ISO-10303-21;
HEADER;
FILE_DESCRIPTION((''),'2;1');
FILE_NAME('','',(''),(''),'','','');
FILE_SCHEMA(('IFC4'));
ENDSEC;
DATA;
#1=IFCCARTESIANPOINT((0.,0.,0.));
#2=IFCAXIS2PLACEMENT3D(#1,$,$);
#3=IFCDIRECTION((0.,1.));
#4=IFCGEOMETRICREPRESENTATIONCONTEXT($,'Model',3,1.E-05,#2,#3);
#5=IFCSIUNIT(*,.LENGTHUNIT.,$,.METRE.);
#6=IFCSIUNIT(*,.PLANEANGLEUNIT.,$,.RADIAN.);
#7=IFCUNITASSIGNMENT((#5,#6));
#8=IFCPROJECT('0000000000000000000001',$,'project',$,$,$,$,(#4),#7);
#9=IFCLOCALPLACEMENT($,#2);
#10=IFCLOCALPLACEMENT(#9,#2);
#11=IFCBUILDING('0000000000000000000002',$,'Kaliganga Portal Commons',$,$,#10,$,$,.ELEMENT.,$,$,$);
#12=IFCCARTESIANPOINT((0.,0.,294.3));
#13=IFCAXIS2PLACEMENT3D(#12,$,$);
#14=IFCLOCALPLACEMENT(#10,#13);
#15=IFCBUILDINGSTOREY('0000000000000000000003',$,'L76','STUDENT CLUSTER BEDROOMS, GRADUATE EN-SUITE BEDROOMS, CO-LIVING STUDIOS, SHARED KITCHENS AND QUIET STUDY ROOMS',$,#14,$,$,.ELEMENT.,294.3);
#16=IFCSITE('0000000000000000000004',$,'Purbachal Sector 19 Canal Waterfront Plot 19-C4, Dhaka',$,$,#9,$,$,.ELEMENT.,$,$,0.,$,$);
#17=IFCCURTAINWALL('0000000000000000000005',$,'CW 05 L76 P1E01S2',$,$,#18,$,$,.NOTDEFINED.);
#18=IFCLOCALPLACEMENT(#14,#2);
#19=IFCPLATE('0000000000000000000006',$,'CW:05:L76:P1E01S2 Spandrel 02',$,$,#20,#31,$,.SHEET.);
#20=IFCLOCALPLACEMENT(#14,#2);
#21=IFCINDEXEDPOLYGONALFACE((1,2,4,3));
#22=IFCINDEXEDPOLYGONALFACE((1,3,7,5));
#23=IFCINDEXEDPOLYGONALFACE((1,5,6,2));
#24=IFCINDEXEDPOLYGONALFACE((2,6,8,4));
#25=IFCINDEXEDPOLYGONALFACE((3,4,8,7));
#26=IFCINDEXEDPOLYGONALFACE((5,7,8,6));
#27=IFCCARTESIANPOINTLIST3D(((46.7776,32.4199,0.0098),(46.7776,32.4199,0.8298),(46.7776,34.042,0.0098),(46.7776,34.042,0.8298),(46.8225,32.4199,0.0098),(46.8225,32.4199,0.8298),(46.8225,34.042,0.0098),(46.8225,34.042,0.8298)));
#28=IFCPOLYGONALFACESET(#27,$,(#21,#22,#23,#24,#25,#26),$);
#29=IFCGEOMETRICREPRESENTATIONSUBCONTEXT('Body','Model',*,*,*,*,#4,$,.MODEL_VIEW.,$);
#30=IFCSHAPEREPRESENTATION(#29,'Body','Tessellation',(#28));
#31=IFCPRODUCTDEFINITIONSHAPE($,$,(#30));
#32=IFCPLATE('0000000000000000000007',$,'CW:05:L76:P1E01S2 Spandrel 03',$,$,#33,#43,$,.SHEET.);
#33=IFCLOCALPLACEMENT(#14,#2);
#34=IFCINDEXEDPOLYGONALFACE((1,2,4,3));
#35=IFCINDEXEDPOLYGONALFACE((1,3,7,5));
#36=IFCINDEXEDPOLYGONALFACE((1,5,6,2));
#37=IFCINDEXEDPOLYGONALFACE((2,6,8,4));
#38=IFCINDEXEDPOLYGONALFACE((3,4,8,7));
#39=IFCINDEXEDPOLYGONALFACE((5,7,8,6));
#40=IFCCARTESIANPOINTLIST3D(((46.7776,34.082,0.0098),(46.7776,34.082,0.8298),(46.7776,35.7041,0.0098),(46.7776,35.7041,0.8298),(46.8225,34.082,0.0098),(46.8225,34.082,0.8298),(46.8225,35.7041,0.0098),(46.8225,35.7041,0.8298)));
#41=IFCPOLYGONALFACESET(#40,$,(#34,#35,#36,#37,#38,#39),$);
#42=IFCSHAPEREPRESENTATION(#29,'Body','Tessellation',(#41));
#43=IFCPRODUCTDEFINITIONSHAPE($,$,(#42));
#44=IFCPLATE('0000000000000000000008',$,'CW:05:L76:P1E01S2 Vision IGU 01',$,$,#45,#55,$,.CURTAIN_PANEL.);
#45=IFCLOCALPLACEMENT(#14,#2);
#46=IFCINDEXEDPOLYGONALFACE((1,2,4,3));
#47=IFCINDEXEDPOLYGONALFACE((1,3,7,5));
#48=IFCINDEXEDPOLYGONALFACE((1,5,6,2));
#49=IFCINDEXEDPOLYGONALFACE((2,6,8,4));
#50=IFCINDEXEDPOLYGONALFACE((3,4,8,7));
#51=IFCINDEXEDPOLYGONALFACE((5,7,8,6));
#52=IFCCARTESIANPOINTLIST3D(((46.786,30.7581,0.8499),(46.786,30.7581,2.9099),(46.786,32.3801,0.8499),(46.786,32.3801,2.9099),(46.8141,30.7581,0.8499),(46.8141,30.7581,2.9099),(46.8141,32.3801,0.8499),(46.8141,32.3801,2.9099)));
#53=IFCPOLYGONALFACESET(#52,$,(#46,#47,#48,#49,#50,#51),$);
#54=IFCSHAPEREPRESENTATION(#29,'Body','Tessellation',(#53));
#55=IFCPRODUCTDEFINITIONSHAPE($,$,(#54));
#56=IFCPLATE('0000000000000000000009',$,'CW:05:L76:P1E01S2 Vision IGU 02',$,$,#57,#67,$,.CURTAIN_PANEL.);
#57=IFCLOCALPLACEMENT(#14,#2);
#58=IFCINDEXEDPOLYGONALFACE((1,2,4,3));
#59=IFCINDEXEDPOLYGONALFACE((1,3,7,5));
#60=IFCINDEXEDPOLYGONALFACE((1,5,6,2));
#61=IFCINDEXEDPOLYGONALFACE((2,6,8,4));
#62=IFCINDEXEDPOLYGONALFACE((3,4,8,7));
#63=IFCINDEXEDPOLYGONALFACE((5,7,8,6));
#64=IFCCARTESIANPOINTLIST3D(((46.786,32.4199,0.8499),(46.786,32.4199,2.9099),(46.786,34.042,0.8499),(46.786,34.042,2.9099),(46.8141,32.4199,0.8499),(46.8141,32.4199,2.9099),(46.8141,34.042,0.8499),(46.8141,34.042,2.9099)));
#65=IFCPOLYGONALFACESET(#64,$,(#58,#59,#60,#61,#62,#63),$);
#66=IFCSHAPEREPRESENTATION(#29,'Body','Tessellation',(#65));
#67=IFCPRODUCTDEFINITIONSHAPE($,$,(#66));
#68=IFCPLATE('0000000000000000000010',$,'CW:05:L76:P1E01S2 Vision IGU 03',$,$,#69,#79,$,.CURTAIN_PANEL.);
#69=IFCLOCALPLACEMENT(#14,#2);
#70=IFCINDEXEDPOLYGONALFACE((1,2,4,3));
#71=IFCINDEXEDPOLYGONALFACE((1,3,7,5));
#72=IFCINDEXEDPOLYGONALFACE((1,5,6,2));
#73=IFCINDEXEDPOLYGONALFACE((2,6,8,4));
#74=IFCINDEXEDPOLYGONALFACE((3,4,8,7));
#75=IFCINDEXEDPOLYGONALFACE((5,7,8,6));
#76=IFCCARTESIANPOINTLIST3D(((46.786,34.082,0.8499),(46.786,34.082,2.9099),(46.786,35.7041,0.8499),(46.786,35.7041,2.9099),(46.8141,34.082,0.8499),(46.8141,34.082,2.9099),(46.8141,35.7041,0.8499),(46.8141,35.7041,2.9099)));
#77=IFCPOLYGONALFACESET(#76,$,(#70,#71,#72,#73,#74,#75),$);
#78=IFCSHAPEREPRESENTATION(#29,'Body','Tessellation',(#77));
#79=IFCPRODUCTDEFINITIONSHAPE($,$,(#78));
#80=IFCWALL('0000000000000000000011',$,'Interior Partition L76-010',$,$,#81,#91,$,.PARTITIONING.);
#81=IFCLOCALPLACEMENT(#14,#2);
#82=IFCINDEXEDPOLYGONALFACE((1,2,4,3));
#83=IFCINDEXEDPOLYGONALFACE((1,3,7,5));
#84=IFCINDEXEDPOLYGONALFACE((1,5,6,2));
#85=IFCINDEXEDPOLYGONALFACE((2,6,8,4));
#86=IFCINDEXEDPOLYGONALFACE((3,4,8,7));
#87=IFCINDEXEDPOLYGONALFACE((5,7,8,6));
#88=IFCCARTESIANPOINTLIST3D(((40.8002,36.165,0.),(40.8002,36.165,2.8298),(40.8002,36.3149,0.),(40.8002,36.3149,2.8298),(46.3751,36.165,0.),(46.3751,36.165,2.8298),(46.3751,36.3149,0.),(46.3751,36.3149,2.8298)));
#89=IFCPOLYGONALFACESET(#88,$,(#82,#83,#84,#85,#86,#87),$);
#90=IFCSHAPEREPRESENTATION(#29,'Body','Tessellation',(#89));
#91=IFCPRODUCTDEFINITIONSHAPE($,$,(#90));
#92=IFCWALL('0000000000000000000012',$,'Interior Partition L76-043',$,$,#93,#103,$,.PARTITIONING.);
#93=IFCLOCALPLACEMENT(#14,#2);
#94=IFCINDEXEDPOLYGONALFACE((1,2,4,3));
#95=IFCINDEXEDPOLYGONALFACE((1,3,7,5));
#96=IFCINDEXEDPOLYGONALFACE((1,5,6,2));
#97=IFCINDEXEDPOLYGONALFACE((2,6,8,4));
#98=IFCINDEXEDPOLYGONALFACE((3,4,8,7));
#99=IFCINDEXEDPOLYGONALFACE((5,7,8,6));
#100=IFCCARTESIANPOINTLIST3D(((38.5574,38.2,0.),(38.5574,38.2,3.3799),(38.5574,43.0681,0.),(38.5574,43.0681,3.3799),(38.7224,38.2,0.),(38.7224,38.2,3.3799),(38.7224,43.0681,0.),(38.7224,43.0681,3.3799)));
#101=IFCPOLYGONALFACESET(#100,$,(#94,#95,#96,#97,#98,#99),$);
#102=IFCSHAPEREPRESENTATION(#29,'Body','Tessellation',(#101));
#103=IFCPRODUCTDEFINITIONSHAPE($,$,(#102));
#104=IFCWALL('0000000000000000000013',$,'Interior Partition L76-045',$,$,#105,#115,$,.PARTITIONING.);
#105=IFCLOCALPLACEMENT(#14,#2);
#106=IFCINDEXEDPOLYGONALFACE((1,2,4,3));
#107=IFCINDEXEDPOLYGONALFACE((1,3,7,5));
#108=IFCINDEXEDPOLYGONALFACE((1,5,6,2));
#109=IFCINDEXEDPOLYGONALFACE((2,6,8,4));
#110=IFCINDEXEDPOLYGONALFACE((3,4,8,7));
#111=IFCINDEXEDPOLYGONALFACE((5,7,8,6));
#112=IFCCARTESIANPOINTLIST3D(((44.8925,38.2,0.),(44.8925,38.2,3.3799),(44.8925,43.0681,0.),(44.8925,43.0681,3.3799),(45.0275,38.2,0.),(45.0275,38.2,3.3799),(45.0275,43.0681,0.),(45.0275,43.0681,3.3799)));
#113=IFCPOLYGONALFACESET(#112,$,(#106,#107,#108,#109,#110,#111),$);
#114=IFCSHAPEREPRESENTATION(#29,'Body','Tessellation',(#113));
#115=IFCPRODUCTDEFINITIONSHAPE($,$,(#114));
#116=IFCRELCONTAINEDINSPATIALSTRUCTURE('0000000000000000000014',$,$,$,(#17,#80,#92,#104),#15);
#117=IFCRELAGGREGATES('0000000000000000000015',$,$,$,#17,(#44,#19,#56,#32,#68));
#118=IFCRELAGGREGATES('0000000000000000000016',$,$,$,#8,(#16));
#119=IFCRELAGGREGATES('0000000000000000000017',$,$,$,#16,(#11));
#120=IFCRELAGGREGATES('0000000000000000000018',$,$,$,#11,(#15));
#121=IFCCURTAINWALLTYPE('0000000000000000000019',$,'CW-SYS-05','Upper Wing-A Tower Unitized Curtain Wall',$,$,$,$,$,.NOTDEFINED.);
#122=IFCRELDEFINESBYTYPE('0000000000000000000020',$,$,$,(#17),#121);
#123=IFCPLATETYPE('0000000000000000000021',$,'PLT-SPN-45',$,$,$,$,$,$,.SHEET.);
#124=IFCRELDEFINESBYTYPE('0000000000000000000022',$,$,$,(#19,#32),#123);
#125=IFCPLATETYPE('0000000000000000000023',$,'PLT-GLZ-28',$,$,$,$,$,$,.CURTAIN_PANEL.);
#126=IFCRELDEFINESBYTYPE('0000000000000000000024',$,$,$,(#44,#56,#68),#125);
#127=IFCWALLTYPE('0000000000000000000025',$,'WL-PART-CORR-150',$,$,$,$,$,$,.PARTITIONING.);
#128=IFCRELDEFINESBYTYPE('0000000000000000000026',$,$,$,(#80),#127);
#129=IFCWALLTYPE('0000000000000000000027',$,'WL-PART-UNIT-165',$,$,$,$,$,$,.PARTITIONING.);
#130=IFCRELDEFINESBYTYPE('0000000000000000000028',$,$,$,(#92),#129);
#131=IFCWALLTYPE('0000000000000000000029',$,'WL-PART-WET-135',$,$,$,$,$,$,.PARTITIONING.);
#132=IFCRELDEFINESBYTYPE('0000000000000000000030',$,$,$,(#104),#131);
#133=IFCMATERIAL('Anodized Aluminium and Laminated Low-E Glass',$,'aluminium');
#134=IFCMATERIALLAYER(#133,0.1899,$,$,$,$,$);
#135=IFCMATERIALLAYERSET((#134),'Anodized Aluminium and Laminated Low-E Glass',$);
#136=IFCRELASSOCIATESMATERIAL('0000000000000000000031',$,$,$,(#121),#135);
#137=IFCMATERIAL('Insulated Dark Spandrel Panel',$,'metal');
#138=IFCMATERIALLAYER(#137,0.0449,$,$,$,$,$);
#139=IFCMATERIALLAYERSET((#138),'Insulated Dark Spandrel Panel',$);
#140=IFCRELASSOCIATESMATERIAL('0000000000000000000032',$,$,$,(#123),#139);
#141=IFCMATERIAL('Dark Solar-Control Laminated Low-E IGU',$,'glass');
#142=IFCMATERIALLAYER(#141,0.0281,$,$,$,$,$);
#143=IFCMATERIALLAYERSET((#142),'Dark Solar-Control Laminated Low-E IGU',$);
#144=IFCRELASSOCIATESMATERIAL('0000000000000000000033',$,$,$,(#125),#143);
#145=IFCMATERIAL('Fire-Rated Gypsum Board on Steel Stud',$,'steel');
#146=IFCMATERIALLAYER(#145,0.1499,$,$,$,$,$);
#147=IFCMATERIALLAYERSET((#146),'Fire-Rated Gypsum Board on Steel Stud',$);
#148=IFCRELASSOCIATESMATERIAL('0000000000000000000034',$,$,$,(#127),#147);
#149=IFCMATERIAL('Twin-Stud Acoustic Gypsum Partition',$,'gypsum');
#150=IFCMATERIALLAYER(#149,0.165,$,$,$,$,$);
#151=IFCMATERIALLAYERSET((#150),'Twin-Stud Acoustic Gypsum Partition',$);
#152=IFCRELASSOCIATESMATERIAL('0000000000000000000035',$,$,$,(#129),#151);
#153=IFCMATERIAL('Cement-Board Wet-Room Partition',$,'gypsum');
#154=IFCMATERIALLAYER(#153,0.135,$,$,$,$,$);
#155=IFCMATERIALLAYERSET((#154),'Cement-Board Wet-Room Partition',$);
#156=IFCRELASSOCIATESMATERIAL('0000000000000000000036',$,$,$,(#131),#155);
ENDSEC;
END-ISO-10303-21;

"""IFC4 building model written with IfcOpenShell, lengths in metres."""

from ifc_helpers import new_model, si_unit, direction, frame, frame_2d, origin, origin_2d, place, context, subcontext, project, spatial, rectangle, extrude, source, transform, mapped, material, layer, layer_set, type_object, element, aggregate, save


model = new_model("IFC4")

# Units and contexts
model_context = context("Model", 3, precision=1e-05, world=origin(), true_north=direction((0.0, 1.0)))
body_context = subcontext(model_context, "Body", "Model", "MODEL_VIEW")
ifc_project = project(units=[si_unit("LENGTHUNIT", "METRE"), si_unit("PLANEANGLEUNIT", "RADIAN")], contexts=[model_context])

# Site, building, storey
site_placement = place(None, origin())
site = spatial("IfcSite", under=ifc_project, at=site_placement, Name="Purbachal Sector 19 Canal Waterfront Plot 19-C4, Dhaka", CompositionType="ELEMENT", RefElevation=0.0)
building_placement = place(site_placement, origin())
building = spatial("IfcBuilding", under=site, at=building_placement, Name="Kaliganga Portal Commons", CompositionType="ELEMENT")
storey_placement = place(building_placement, frame((0.0, 0.0, 294.3)))
storey = spatial("IfcBuildingStorey", under=building, at=storey_placement, Name="L76", Description="STUDENT CLUSTER BEDROOMS, GRADUATE EN-SUITE BEDROOMS, CO-LIVING STUDIOS, SHARED KITCHENS AND QUIET STUDY ROOMS", CompositionType="ELEMENT", Elevation=294.3)

# Curtain wall
ifc_material_1 = material(Name="Anodized Aluminium and Laminated Low-E Glass", Category="aluminium")
ifc_layer_1 = layer(ifc_material_1, 0.1899)
ifc_layer_set_1 = layer_set([ifc_layer_1], Name="Anodized Aluminium and Laminated Low-E Glass")
curtain_wall_type = type_object("IfcCurtainWallType", Name="CW-SYS-05", Description="Upper Wing-A Tower Unitized Curtain Wall", PredefinedType="NOTDEFINED", material=ifc_layer_set_1)
curtain_wall_1_placement = place(storey_placement, origin())
curtain_wall_1 = element("IfcCurtainWall", 1, at=curtain_wall_1_placement, inside=storey, type_object=curtain_wall_type, Name="CW 05 L76 P1E01S2", PredefinedType="NOTDEFINED")

# Plates
ifc_material_2 = material(Name="Insulated Dark Spandrel Panel", Category="metal")
ifc_layer_2 = layer(ifc_material_2, 0.0449)
ifc_layer_set_2 = layer_set([ifc_layer_2], Name="Insulated Dark Spandrel Panel")
plate_type_1 = type_object("IfcPlateType", Name="PLT-SPN-45", PredefinedType="SHEET", material=ifc_layer_set_2)
ifc_material_3 = material(Name="Dark Solar-Control Laminated Low-E IGU", Category="glass")
ifc_layer_3 = layer(ifc_material_3, 0.0281)
ifc_layer_set_3 = layer_set([ifc_layer_3], Name="Dark Solar-Control Laminated Low-E IGU")
plate_type_2 = type_object("IfcPlateType", Name="PLT-GLZ-28", PredefinedType="CURTAIN_PANEL", material=ifc_layer_set_3)
shared_shape_1 = source(origin(), body_context, "Body", "SweptSolid", [
    extrude(rectangle(XDim=1.6221, YDim=0.0449, at=origin_2d()), origin(), (0.0, 0.0, 1.0), 0.8201),
])
plate_1_placement = place(storey_placement, frame((46.8, 33.231, 0.0098), z_axis=(0.0, 0.0, 1.0), x_axis=(0.0, 1.0, 0.0)))
plate_1 = element("IfcPlate", 2, at=plate_1_placement, type_object=plate_type_1, Name="CW:05:L76:P1E01S2 Spandrel 02", PredefinedType="SHEET", context=body_context, shape_type="MappedRepresentation", body=[
    mapped(shared_shape_1, transform((0.0, 0.0, 0.0), x_axis=(1.0, 0.0, 0.0), y_axis=(0.0, 1.0, 0.0), z_axis=(0.0, 0.0, 1.0), scale=1.0)),
])
plate_2_placement = place(storey_placement, frame((46.8, 34.8931, 0.0098), z_axis=(0.0, 0.0, 1.0), x_axis=(0.0, 1.0, 0.0)))
plate_2 = element("IfcPlate", 3, at=plate_2_placement, type_object=plate_type_1, Name="CW:05:L76:P1E01S2 Spandrel 03", PredefinedType="SHEET", context=body_context, shape_type="MappedRepresentation", body=[
    mapped(shared_shape_1, transform((0.0, 0.0, 0.0), x_axis=(1.0, 0.0, 0.0), y_axis=(0.0, 1.0, 0.0), z_axis=(0.0, 0.0, 1.0), scale=1.0)),
])
shared_shape_2 = source(origin(), body_context, "Body", "SweptSolid", [
    extrude(rectangle(XDim=1.6221, YDim=0.0281, at=origin_2d()), origin(), (0.0, 0.0, 1.0), 2.0601),
])
plate_3_placement = place(storey_placement, frame((46.8, 31.5691, 0.8499), z_axis=(0.0, 0.0, 1.0), x_axis=(0.0, 1.0, 0.0)))
plate_3 = element("IfcPlate", 4, at=plate_3_placement, type_object=plate_type_2, Name="CW:05:L76:P1E01S2 Vision IGU 01", PredefinedType="CURTAIN_PANEL", context=body_context, shape_type="MappedRepresentation", body=[
    mapped(shared_shape_2, transform((0.0, 0.0, 0.0), x_axis=(1.0, 0.0, 0.0), y_axis=(0.0, 1.0, 0.0), z_axis=(0.0, 0.0, 1.0), scale=1.0)),
])
plate_4_placement = place(storey_placement, frame((46.8, 33.231, 0.8499), z_axis=(0.0, 0.0, 1.0), x_axis=(0.0, 1.0, 0.0)))
plate_4 = element("IfcPlate", 5, at=plate_4_placement, type_object=plate_type_2, Name="CW:05:L76:P1E01S2 Vision IGU 02", PredefinedType="CURTAIN_PANEL", context=body_context, shape_type="MappedRepresentation", body=[
    mapped(shared_shape_2, transform((0.0, 0.0, 0.0), x_axis=(1.0, 0.0, 0.0), y_axis=(0.0, 1.0, 0.0), z_axis=(0.0, 0.0, 1.0), scale=1.0)),
])
plate_5_placement = place(storey_placement, frame((46.8, 34.8931, 0.8499), z_axis=(0.0, 0.0, 1.0), x_axis=(0.0, 1.0, 0.0)))
plate_5 = element("IfcPlate", 6, at=plate_5_placement, type_object=plate_type_2, Name="CW:05:L76:P1E01S2 Vision IGU 03", PredefinedType="CURTAIN_PANEL", context=body_context, shape_type="MappedRepresentation", body=[
    mapped(shared_shape_2, transform((0.0, 0.0, 0.0), x_axis=(1.0, 0.0, 0.0), y_axis=(0.0, 1.0, 0.0), z_axis=(0.0, 0.0, 1.0), scale=1.0)),
])
aggregate(curtain_wall_1, [plate_3, plate_1, plate_4, plate_2, plate_5])

# Wall
ifc_material_4 = material(Name="Fire-Rated Gypsum Board on Steel Stud", Category="steel")
ifc_layer_4 = layer(ifc_material_4, 0.1499)
ifc_layer_set_4 = layer_set([ifc_layer_4], Name="Fire-Rated Gypsum Board on Steel Stud")
wall_type_1 = type_object("IfcWallType", Name="WL-PART-CORR-150", PredefinedType="PARTITIONING", material=ifc_layer_set_4)
wall_1_placement = place(storey_placement, frame((40.8, 36.24, 0.0), z_axis=(0.0, 0.0, 1.0), x_axis=(1.0, 0.0, 0.0)))
element("IfcWall", 7, at=wall_1_placement, inside=storey, type_object=wall_type_1, Name="Interior Partition L76-010", PredefinedType="PARTITIONING", context=body_context, shape_type="SweptSolid", body=[
    extrude(rectangle(XDim=5.575, YDim=0.1499, at=frame_2d((2.7876, 0.0))), origin(), (0.0, 0.0, 1.0), 2.8298),
])

# Walls
ifc_material_5 = material(Name="Twin-Stud Acoustic Gypsum Partition", Category="gypsum")
ifc_layer_5 = layer(ifc_material_5, 0.165)
ifc_layer_set_5 = layer_set([ifc_layer_5], Name="Twin-Stud Acoustic Gypsum Partition")
wall_type_2 = type_object("IfcWallType", Name="WL-PART-UNIT-165", PredefinedType="PARTITIONING", material=ifc_layer_set_5)
wall_2_placement = place(storey_placement, frame((38.6399, 38.2, 0.0), z_axis=(0.0, 0.0, 1.0), x_axis=(0.0, 1.0, 0.0)))
element("IfcWall", 8, at=wall_2_placement, inside=storey, type_object=wall_type_2, Name="Interior Partition L76-043", PredefinedType="PARTITIONING", context=body_context, shape_type="SweptSolid", body=[
    extrude(rectangle(XDim=4.8682, YDim=0.165, at=frame_2d((2.4341, 0.0))), origin(), (0.0, 0.0, 1.0), 3.3799),
])
ifc_material_6 = material(Name="Cement-Board Wet-Room Partition", Category="gypsum")
ifc_layer_6 = layer(ifc_material_6, 0.135)
ifc_layer_set_6 = layer_set([ifc_layer_6], Name="Cement-Board Wet-Room Partition")
wall_type_3 = type_object("IfcWallType", Name="WL-PART-WET-135", PredefinedType="PARTITIONING", material=ifc_layer_set_6)
wall_3_placement = place(storey_placement, frame((44.96, 38.2, 0.0), z_axis=(0.0, 0.0, 1.0), x_axis=(0.0, 1.0, 0.0)))
element("IfcWall", 9, at=wall_3_placement, inside=storey, type_object=wall_type_3, Name="Interior Partition L76-045", PredefinedType="PARTITIONING", context=body_context, shape_type="SweptSolid", body=[
    extrude(rectangle(XDim=4.8682, YDim=0.135, at=frame_2d((2.4341, 0.0))), origin(), (0.0, 0.0, 1.0), 3.3799),
])

save(model, "model.ifc")
